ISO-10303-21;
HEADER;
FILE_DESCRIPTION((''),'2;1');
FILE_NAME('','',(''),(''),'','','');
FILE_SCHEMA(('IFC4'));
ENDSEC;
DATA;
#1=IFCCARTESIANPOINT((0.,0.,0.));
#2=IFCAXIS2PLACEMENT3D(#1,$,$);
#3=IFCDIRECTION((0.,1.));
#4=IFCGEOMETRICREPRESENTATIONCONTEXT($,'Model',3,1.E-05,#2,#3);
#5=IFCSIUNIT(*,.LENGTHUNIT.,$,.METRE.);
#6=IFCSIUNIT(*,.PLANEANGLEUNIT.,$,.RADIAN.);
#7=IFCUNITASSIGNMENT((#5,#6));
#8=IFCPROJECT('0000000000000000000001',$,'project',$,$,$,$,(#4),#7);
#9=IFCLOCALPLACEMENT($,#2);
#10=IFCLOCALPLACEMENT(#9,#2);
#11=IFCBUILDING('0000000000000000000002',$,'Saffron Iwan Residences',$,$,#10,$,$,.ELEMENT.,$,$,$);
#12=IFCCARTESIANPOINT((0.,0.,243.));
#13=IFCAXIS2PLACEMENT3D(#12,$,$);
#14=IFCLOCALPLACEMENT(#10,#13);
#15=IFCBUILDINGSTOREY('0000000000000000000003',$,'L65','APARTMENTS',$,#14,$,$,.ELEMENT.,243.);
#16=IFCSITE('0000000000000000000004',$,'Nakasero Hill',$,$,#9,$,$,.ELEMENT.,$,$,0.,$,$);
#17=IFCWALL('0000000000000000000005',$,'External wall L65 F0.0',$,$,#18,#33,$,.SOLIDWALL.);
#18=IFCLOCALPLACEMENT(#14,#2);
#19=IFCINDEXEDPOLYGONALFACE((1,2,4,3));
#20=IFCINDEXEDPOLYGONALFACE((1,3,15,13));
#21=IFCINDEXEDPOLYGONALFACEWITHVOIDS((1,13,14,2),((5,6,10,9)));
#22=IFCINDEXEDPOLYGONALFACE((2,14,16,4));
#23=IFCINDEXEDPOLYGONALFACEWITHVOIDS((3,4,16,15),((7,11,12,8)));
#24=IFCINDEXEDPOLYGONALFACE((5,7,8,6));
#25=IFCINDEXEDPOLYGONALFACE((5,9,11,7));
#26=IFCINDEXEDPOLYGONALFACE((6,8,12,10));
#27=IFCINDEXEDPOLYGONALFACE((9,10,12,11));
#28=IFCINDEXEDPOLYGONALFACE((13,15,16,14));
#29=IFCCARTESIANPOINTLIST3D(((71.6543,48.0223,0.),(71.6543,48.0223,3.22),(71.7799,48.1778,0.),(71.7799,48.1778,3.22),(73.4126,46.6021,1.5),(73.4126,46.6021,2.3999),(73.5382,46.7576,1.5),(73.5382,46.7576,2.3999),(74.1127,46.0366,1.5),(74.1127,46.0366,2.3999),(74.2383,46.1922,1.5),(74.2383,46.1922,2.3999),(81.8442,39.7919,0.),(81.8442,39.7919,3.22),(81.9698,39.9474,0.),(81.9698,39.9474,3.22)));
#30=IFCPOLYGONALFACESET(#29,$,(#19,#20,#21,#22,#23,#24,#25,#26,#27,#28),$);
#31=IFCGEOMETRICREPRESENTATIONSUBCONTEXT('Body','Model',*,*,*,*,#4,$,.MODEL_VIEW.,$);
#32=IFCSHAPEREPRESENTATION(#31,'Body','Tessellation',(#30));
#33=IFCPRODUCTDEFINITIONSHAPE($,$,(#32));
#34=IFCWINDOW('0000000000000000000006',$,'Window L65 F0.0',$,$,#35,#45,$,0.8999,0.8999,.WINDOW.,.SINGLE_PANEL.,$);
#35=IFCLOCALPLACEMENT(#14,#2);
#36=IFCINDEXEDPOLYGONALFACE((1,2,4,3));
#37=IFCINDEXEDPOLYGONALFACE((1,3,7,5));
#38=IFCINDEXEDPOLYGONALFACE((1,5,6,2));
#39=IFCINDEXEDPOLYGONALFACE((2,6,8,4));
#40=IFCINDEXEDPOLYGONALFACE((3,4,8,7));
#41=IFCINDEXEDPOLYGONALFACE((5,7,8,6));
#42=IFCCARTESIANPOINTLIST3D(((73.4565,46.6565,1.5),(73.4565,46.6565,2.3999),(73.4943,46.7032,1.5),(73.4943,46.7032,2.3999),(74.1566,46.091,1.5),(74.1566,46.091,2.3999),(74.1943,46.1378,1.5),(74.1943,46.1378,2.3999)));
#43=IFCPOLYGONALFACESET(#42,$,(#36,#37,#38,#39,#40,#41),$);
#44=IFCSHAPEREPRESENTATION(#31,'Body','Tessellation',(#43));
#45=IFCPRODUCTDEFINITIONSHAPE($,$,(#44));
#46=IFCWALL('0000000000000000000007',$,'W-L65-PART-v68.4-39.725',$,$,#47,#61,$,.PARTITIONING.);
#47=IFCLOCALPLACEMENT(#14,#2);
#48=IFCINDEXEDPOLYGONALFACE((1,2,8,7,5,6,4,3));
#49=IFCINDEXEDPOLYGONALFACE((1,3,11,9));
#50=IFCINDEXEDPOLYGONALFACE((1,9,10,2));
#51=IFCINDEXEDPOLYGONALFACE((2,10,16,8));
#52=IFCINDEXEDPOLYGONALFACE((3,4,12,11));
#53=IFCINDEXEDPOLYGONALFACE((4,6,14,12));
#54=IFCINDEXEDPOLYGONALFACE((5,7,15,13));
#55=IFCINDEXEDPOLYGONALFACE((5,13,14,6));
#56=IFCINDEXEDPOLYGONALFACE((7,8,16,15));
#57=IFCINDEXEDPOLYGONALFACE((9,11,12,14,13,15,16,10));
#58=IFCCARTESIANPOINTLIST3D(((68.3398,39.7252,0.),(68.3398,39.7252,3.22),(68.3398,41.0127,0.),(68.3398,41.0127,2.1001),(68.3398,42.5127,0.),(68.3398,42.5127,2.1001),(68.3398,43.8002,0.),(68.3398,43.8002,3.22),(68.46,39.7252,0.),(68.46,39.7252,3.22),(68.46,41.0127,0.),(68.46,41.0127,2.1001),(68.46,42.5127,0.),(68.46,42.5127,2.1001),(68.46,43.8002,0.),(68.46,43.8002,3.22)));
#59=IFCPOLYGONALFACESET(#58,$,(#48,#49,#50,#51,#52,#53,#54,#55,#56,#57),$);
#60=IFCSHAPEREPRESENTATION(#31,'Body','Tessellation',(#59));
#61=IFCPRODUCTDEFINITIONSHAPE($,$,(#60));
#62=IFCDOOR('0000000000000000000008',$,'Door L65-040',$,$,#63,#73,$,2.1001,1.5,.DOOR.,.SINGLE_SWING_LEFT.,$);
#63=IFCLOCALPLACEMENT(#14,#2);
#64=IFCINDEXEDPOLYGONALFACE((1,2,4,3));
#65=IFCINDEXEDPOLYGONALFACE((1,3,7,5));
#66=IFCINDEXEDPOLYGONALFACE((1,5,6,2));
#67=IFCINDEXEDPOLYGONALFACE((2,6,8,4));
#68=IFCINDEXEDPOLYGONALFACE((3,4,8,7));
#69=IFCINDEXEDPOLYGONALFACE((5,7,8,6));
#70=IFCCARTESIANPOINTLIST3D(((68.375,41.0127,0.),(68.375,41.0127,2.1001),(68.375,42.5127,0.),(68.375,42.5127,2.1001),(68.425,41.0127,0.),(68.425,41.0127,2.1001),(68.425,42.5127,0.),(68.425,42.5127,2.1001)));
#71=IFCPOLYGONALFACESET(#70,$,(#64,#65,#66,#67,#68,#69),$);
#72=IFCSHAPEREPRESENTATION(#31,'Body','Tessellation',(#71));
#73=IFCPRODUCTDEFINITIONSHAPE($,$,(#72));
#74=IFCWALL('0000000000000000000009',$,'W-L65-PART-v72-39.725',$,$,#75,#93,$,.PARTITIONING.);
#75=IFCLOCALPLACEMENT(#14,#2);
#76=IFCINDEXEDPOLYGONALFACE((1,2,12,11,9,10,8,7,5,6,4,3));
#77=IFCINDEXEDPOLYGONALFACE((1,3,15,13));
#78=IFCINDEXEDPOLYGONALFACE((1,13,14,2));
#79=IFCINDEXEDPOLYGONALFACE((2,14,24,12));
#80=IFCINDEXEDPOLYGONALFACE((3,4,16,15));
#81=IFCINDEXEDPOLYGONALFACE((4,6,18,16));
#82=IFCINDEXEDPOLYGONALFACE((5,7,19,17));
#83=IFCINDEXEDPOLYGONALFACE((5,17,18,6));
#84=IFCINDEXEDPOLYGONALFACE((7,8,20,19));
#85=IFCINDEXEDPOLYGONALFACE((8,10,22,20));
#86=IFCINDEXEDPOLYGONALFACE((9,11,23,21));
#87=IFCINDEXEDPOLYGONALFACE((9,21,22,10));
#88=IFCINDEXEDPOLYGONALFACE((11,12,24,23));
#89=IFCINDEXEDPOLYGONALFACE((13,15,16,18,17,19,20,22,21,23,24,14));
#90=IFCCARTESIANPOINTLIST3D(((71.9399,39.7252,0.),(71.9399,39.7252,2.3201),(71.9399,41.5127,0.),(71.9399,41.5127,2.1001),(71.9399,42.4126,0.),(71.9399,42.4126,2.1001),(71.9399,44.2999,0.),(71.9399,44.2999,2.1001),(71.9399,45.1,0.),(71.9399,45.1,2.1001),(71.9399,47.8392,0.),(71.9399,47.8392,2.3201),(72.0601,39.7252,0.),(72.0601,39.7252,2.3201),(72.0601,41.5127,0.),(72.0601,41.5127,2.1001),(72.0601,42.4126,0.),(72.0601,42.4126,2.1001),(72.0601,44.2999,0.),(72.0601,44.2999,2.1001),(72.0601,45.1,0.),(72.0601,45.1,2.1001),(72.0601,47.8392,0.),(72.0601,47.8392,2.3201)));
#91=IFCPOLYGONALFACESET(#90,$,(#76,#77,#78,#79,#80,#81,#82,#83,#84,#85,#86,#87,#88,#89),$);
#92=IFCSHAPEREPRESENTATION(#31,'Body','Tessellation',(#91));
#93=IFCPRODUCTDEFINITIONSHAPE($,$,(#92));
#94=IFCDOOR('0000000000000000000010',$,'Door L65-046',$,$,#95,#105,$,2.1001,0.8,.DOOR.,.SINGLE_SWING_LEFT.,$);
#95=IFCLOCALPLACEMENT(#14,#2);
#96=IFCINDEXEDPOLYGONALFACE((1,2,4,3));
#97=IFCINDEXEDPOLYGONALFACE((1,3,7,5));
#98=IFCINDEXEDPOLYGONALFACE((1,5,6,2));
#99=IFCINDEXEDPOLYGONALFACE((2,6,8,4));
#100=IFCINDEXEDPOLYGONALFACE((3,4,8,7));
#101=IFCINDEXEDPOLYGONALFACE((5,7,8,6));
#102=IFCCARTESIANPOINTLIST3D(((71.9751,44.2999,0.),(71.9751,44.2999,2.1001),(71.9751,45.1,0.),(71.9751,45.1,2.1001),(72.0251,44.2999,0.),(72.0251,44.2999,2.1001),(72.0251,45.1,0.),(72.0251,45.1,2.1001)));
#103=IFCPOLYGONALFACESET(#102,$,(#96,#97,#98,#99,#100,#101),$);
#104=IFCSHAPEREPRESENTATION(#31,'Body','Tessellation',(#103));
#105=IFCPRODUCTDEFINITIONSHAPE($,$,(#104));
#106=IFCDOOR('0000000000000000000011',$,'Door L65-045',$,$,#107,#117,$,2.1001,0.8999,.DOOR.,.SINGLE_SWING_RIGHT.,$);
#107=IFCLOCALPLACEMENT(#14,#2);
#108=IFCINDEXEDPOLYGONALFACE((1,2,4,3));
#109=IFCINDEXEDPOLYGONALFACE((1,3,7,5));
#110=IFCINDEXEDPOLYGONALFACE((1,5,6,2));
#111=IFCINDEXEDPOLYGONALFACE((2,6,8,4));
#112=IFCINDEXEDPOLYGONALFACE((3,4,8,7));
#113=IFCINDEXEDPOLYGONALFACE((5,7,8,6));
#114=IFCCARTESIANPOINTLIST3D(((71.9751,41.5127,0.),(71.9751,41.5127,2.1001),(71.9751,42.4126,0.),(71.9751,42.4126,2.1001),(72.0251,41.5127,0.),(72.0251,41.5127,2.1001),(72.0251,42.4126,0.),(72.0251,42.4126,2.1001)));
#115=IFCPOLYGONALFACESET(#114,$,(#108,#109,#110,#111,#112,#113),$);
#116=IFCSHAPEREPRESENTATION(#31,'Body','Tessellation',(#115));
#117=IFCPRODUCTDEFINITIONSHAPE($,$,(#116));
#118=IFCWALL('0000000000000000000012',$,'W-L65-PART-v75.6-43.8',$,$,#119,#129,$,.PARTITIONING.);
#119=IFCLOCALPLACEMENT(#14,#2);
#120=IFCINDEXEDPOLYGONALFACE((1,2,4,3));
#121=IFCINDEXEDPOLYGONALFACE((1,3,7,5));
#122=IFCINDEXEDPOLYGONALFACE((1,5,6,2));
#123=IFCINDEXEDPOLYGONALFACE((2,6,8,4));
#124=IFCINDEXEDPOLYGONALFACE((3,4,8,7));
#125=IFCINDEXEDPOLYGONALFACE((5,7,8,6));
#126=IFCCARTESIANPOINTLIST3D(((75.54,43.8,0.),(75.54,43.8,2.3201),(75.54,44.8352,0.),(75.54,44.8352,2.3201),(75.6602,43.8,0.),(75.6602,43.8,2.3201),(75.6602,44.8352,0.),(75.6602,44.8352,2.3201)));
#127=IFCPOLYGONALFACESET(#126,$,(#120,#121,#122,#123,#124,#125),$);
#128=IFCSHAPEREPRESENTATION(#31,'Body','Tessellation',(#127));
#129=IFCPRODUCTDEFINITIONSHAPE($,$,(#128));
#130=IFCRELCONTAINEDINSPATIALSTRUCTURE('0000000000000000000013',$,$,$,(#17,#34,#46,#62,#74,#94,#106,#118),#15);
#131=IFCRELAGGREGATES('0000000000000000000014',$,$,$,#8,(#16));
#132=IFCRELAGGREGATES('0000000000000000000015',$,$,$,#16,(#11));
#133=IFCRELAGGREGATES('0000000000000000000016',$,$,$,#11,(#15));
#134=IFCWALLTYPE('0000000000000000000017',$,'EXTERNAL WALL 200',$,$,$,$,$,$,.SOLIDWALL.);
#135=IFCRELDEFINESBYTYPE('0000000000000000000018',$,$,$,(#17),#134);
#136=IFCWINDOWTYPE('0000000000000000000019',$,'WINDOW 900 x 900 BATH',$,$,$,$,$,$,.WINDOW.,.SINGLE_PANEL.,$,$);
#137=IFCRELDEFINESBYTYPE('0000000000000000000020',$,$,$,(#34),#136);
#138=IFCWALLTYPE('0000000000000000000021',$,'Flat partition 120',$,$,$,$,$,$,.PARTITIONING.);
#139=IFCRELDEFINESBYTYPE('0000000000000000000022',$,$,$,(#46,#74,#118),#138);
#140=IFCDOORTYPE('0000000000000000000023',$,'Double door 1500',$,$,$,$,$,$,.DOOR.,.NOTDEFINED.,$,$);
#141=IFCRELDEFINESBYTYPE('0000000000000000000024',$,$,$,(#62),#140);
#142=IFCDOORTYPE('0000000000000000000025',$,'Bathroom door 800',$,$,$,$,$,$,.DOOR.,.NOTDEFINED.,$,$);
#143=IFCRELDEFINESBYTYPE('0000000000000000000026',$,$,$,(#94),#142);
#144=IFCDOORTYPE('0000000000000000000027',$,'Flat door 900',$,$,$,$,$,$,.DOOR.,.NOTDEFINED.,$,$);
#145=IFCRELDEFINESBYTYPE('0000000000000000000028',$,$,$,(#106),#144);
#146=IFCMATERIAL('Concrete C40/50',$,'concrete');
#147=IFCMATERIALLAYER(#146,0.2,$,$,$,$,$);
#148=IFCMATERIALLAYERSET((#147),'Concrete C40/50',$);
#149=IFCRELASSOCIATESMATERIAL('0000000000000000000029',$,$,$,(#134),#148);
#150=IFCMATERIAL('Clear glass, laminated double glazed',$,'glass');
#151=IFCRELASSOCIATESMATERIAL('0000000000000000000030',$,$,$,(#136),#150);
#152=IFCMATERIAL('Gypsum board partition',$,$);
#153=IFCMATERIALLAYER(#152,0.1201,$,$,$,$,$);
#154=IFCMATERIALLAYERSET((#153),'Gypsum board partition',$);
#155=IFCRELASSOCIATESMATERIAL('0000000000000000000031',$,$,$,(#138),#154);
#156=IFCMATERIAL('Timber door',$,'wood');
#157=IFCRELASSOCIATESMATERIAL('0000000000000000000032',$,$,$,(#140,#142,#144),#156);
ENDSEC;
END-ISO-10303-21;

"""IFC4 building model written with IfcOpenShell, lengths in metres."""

from ifc_helpers import new_model, si_unit, direction, frame, frame_2d, origin, place, context, subcontext, project, spatial, rectangle, extrude, material, layer, layer_set, type_object, element, fill, save


model = new_model("IFC4")

# Units and contexts
model_context = context("Model", 3, precision=1e-05, world=origin(), true_north=direction((0.0, 1.0)))
body_context = subcontext(model_context, "Body", "Model", "MODEL_VIEW")
ifc_project = project(units=[si_unit("LENGTHUNIT", "METRE"), si_unit("PLANEANGLEUNIT", "RADIAN")], contexts=[model_context])

# Site, building, storey
site_placement = place(None, origin())
site = spatial("IfcSite", under=ifc_project, at=site_placement, Name="Nakasero Hill", CompositionType="ELEMENT", RefElevation=0.0)
building_placement = place(site_placement, origin())
building = spatial("IfcBuilding", under=site, at=building_placement, Name="Saffron Iwan Residences", CompositionType="ELEMENT")
storey_placement = place(building_placement, frame((0.0, 0.0, 243.0)))
storey = spatial("IfcBuildingStorey", under=building, at=storey_placement, Name="L65", Description="APARTMENTS", CompositionType="ELEMENT", Elevation=243.0)

# Shared definitions
ifc_material_1 = material(Name="Concrete C40/50", Category="concrete")

# Wall, opening, window
ifc_layer_1 = layer(ifc_material_1, 0.2)
ifc_layer_set_1 = layer_set([ifc_layer_1], Name="Concrete C40/50")
wall_type_1 = type_object("IfcWallType", Name="EXTERNAL WALL 200", PredefinedType="SOLIDWALL", material=ifc_layer_set_1)
wall_1_placement = place(storey_placement, frame((81.907, 39.8696, 0.0), z_axis=(0.0, 0.0, 1.0), x_axis=(-0.777936, 0.628343, 0.0)))
wall_1 = element("IfcWall", 1, at=wall_1_placement, inside=storey, type_object=wall_type_1, Name="External wall L65 F0.0", PredefinedType="SOLIDWALL", context=body_context, shape_type="SweptSolid", body=[
    extrude(rectangle(XDim=13.0986, YDim=0.2, at=frame_2d((6.5493, 0.0))), origin(), (0.0, 0.0, 1.0), 3.22),
])
opening_1_placement = place(wall_1_placement, frame((9.9385, 0.0, 1.5)))
opening_1 = element("IfcOpeningElement", 2, at=opening_1_placement, cuts=wall_1, PredefinedType="OPENING", context=body_context, shape_type="SweptSolid", body=[
    extrude(rectangle(XDim=0.8999, YDim=0.8999, at=frame_2d((0.45, 0.45))), frame((0.0, 0.1099, 0.0), z_axis=(0.0, -1.0, 0.0), x_axis=(1.0, 0.0, 0.0)), (0.0, 0.0, 1.0), 0.22),
])
ifc_material_2 = material(Name="Clear glass, laminated double glazed", Category="glass")
window_type = type_object("IfcWindowType", Name="WINDOW 900 x 900 BATH", PartitioningType="SINGLE_PANEL", PredefinedType="WINDOW", material=ifc_material_2)
window_placement = place(opening_1_placement, origin())
window = element("IfcWindow", 3, at=window_placement, inside=storey, type_object=window_type, Name="Window L65 F0.0", OverallHeight=0.8999, OverallWidth=0.8999, PartitioningType="SINGLE_PANEL", PredefinedType="WINDOW", context=body_context, shape_type="SweptSolid", body=[
    extrude(rectangle(XDim=0.8999, YDim=0.8999, at=frame_2d((0.45, 0.45))), frame((0.0, 0.03, 0.0), z_axis=(0.0, -1.0, 0.0), x_axis=(1.0, 0.0, 0.0)), (0.0, 0.0, 1.0), 0.0601),
])
fill(opening_1, window)

# Wall, opening, door
ifc_material_3 = material(Name="Gypsum board partition")
ifc_layer_2 = layer(ifc_material_3, 0.1201)
ifc_layer_set_2 = layer_set([ifc_layer_2], Name="Gypsum board partition")
wall_type_2 = type_object("IfcWallType", Name="Flat partition 120", PredefinedType="PARTITIONING", material=ifc_layer_set_2)
wall_2_placement = place(storey_placement, frame((68.3999, 39.7251, 0.0), z_axis=(0.0, 0.0, 1.0), x_axis=(0.0, 1.0, 0.0)))
wall_2 = element("IfcWall", 4, at=wall_2_placement, inside=storey, type_object=wall_type_2, Name="W-L65-PART-v68.4-39.725", PredefinedType="PARTITIONING", context=body_context, shape_type="SweptSolid", body=[
    extrude(rectangle(XDim=4.075, YDim=0.1201, at=frame_2d((2.0376, 0.0))), origin(), (0.0, 0.0, 1.0), 3.22),
])
opening_2_placement = place(wall_2_placement, frame((1.2876, 0.0, 0.0)))
opening_2 = element("IfcOpeningElement", 5, at=opening_2_placement, cuts=wall_2, PredefinedType="OPENING", context=body_context, shape_type="SweptSolid", body=[
    extrude(rectangle(XDim=1.5, YDim=2.1001, at=frame_2d((0.75, 1.05))), frame((0.0, 0.0701, 0.0), z_axis=(0.0, -1.0, 0.0), x_axis=(1.0, 0.0, 0.0)), (0.0, 0.0, 1.0), 0.1401),
])
ifc_material_4 = material(Name="Timber door", Category="wood")
door_type_1 = type_object("IfcDoorType", Name="Double door 1500", OperationType="NOTDEFINED", PredefinedType="DOOR", material=ifc_material_4)
door_1_placement = place(opening_2_placement, origin())
door_1 = element("IfcDoor", 6, at=door_1_placement, inside=storey, type_object=door_type_1, Name="Door L65-040", OperationType="SINGLE_SWING_LEFT", OverallHeight=2.1001, OverallWidth=1.5, PredefinedType="DOOR", context=body_context, shape_type="SweptSolid", body=[
    extrude(rectangle(XDim=1.5, YDim=2.1001, at=frame_2d((0.75, 1.05))), frame((0.0, 0.0249, 0.0), z_axis=(0.0, -1.0, 0.0), x_axis=(1.0, 0.0, 0.0)), (0.0, 0.0, 1.0), 0.05),
])
fill(opening_2, door_1)

# Wall, openings, doors
wall_3_placement = place(storey_placement, frame((72.0, 39.7251, 0.0), z_axis=(0.0, 0.0, 1.0), x_axis=(0.0, 1.0, 0.0)))
wall_3 = element("IfcWall", 7, at=wall_3_placement, inside=storey, type_object=wall_type_2, Name="W-L65-PART-v72-39.725", PredefinedType="PARTITIONING", context=body_context, shape_type="SweptSolid", body=[
    extrude(rectangle(XDim=8.114, YDim=0.1201, at=frame_2d((4.0571, 0.0))), origin(), (0.0, 0.0, 1.0), 2.3201),
])
opening_3_placement = place(wall_3_placement, frame((1.7876, 0.0, 0.0)))
opening_3 = element("IfcOpeningElement", 8, at=opening_3_placement, cuts=wall_3, PredefinedType="OPENING", context=body_context, shape_type="SweptSolid", body=[
    extrude(rectangle(XDim=0.8999, YDim=2.1001, at=frame_2d((0.45, 1.05))), frame((0.0, 0.0701, 0.0), z_axis=(0.0, -1.0, 0.0), x_axis=(1.0, 0.0, 0.0)), (0.0, 0.0, 1.0), 0.1401),
])
opening_4_placement = place(wall_3_placement, frame((4.575, 0.0, 0.0)))
opening_4 = element("IfcOpeningElement", 9, at=opening_4_placement, cuts=wall_3, PredefinedType="OPENING", context=body_context, shape_type="SweptSolid", body=[
    extrude(rectangle(XDim=0.8, YDim=2.1001, at=frame_2d((0.3999, 1.05))), frame((0.0, 0.0701, 0.0), z_axis=(0.0, -1.0, 0.0), x_axis=(1.0, 0.0, 0.0)), (0.0, 0.0, 1.0), 0.1401),
])
door_type_2 = type_object("IfcDoorType", Name="Bathroom door 800", OperationType="NOTDEFINED", PredefinedType="DOOR", material=ifc_material_4)
door_2_placement = place(opening_4_placement, origin())
door_2 = element("IfcDoor", 10, at=door_2_placement, inside=storey, type_object=door_type_2, Name="Door L65-046", OperationType="SINGLE_SWING_LEFT", OverallHeight=2.1001, OverallWidth=0.8, PredefinedType="DOOR", context=body_context, shape_type="SweptSolid", body=[
    extrude(rectangle(XDim=0.8, YDim=2.1001, at=frame_2d((0.3999, 1.05))), frame((0.0, 0.0249, 0.0), z_axis=(0.0, -1.0, 0.0), x_axis=(1.0, 0.0, 0.0)), (0.0, 0.0, 1.0), 0.05),
])
fill(opening_4, door_2)
door_type_3 = type_object("IfcDoorType", Name="Flat door 900", OperationType="NOTDEFINED", PredefinedType="DOOR", material=ifc_material_4)
door_3_placement = place(opening_3_placement, origin())
door_3 = element("IfcDoor", 11, at=door_3_placement, inside=storey, type_object=door_type_3, Name="Door L65-045", OperationType="SINGLE_SWING_RIGHT", OverallHeight=2.1001, OverallWidth=0.8999, PredefinedType="DOOR", context=body_context, shape_type="SweptSolid", body=[
    extrude(rectangle(XDim=0.8999, YDim=2.1001, at=frame_2d((0.45, 1.05))), frame((0.0, 0.0249, 0.0), z_axis=(0.0, -1.0, 0.0), x_axis=(1.0, 0.0, 0.0)), (0.0, 0.0, 1.0), 0.05),
])
fill(opening_3, door_3)

# Wall
wall_4_placement = place(storey_placement, frame((75.6001, 43.8, 0.0), z_axis=(0.0, 0.0, 1.0), x_axis=(0.0, 1.0, 0.0)))
element("IfcWall", 12, at=wall_4_placement, inside=storey, type_object=wall_type_2, Name="W-L65-PART-v75.6-43.8", PredefinedType="PARTITIONING", context=body_context, shape_type="SweptSolid", body=[
    extrude(rectangle(XDim=1.0352, YDim=0.1201, at=frame_2d((0.5176, 0.0))), origin(), (0.0, 0.0, 1.0), 2.3201),
])

save(model, "model.ifc")
